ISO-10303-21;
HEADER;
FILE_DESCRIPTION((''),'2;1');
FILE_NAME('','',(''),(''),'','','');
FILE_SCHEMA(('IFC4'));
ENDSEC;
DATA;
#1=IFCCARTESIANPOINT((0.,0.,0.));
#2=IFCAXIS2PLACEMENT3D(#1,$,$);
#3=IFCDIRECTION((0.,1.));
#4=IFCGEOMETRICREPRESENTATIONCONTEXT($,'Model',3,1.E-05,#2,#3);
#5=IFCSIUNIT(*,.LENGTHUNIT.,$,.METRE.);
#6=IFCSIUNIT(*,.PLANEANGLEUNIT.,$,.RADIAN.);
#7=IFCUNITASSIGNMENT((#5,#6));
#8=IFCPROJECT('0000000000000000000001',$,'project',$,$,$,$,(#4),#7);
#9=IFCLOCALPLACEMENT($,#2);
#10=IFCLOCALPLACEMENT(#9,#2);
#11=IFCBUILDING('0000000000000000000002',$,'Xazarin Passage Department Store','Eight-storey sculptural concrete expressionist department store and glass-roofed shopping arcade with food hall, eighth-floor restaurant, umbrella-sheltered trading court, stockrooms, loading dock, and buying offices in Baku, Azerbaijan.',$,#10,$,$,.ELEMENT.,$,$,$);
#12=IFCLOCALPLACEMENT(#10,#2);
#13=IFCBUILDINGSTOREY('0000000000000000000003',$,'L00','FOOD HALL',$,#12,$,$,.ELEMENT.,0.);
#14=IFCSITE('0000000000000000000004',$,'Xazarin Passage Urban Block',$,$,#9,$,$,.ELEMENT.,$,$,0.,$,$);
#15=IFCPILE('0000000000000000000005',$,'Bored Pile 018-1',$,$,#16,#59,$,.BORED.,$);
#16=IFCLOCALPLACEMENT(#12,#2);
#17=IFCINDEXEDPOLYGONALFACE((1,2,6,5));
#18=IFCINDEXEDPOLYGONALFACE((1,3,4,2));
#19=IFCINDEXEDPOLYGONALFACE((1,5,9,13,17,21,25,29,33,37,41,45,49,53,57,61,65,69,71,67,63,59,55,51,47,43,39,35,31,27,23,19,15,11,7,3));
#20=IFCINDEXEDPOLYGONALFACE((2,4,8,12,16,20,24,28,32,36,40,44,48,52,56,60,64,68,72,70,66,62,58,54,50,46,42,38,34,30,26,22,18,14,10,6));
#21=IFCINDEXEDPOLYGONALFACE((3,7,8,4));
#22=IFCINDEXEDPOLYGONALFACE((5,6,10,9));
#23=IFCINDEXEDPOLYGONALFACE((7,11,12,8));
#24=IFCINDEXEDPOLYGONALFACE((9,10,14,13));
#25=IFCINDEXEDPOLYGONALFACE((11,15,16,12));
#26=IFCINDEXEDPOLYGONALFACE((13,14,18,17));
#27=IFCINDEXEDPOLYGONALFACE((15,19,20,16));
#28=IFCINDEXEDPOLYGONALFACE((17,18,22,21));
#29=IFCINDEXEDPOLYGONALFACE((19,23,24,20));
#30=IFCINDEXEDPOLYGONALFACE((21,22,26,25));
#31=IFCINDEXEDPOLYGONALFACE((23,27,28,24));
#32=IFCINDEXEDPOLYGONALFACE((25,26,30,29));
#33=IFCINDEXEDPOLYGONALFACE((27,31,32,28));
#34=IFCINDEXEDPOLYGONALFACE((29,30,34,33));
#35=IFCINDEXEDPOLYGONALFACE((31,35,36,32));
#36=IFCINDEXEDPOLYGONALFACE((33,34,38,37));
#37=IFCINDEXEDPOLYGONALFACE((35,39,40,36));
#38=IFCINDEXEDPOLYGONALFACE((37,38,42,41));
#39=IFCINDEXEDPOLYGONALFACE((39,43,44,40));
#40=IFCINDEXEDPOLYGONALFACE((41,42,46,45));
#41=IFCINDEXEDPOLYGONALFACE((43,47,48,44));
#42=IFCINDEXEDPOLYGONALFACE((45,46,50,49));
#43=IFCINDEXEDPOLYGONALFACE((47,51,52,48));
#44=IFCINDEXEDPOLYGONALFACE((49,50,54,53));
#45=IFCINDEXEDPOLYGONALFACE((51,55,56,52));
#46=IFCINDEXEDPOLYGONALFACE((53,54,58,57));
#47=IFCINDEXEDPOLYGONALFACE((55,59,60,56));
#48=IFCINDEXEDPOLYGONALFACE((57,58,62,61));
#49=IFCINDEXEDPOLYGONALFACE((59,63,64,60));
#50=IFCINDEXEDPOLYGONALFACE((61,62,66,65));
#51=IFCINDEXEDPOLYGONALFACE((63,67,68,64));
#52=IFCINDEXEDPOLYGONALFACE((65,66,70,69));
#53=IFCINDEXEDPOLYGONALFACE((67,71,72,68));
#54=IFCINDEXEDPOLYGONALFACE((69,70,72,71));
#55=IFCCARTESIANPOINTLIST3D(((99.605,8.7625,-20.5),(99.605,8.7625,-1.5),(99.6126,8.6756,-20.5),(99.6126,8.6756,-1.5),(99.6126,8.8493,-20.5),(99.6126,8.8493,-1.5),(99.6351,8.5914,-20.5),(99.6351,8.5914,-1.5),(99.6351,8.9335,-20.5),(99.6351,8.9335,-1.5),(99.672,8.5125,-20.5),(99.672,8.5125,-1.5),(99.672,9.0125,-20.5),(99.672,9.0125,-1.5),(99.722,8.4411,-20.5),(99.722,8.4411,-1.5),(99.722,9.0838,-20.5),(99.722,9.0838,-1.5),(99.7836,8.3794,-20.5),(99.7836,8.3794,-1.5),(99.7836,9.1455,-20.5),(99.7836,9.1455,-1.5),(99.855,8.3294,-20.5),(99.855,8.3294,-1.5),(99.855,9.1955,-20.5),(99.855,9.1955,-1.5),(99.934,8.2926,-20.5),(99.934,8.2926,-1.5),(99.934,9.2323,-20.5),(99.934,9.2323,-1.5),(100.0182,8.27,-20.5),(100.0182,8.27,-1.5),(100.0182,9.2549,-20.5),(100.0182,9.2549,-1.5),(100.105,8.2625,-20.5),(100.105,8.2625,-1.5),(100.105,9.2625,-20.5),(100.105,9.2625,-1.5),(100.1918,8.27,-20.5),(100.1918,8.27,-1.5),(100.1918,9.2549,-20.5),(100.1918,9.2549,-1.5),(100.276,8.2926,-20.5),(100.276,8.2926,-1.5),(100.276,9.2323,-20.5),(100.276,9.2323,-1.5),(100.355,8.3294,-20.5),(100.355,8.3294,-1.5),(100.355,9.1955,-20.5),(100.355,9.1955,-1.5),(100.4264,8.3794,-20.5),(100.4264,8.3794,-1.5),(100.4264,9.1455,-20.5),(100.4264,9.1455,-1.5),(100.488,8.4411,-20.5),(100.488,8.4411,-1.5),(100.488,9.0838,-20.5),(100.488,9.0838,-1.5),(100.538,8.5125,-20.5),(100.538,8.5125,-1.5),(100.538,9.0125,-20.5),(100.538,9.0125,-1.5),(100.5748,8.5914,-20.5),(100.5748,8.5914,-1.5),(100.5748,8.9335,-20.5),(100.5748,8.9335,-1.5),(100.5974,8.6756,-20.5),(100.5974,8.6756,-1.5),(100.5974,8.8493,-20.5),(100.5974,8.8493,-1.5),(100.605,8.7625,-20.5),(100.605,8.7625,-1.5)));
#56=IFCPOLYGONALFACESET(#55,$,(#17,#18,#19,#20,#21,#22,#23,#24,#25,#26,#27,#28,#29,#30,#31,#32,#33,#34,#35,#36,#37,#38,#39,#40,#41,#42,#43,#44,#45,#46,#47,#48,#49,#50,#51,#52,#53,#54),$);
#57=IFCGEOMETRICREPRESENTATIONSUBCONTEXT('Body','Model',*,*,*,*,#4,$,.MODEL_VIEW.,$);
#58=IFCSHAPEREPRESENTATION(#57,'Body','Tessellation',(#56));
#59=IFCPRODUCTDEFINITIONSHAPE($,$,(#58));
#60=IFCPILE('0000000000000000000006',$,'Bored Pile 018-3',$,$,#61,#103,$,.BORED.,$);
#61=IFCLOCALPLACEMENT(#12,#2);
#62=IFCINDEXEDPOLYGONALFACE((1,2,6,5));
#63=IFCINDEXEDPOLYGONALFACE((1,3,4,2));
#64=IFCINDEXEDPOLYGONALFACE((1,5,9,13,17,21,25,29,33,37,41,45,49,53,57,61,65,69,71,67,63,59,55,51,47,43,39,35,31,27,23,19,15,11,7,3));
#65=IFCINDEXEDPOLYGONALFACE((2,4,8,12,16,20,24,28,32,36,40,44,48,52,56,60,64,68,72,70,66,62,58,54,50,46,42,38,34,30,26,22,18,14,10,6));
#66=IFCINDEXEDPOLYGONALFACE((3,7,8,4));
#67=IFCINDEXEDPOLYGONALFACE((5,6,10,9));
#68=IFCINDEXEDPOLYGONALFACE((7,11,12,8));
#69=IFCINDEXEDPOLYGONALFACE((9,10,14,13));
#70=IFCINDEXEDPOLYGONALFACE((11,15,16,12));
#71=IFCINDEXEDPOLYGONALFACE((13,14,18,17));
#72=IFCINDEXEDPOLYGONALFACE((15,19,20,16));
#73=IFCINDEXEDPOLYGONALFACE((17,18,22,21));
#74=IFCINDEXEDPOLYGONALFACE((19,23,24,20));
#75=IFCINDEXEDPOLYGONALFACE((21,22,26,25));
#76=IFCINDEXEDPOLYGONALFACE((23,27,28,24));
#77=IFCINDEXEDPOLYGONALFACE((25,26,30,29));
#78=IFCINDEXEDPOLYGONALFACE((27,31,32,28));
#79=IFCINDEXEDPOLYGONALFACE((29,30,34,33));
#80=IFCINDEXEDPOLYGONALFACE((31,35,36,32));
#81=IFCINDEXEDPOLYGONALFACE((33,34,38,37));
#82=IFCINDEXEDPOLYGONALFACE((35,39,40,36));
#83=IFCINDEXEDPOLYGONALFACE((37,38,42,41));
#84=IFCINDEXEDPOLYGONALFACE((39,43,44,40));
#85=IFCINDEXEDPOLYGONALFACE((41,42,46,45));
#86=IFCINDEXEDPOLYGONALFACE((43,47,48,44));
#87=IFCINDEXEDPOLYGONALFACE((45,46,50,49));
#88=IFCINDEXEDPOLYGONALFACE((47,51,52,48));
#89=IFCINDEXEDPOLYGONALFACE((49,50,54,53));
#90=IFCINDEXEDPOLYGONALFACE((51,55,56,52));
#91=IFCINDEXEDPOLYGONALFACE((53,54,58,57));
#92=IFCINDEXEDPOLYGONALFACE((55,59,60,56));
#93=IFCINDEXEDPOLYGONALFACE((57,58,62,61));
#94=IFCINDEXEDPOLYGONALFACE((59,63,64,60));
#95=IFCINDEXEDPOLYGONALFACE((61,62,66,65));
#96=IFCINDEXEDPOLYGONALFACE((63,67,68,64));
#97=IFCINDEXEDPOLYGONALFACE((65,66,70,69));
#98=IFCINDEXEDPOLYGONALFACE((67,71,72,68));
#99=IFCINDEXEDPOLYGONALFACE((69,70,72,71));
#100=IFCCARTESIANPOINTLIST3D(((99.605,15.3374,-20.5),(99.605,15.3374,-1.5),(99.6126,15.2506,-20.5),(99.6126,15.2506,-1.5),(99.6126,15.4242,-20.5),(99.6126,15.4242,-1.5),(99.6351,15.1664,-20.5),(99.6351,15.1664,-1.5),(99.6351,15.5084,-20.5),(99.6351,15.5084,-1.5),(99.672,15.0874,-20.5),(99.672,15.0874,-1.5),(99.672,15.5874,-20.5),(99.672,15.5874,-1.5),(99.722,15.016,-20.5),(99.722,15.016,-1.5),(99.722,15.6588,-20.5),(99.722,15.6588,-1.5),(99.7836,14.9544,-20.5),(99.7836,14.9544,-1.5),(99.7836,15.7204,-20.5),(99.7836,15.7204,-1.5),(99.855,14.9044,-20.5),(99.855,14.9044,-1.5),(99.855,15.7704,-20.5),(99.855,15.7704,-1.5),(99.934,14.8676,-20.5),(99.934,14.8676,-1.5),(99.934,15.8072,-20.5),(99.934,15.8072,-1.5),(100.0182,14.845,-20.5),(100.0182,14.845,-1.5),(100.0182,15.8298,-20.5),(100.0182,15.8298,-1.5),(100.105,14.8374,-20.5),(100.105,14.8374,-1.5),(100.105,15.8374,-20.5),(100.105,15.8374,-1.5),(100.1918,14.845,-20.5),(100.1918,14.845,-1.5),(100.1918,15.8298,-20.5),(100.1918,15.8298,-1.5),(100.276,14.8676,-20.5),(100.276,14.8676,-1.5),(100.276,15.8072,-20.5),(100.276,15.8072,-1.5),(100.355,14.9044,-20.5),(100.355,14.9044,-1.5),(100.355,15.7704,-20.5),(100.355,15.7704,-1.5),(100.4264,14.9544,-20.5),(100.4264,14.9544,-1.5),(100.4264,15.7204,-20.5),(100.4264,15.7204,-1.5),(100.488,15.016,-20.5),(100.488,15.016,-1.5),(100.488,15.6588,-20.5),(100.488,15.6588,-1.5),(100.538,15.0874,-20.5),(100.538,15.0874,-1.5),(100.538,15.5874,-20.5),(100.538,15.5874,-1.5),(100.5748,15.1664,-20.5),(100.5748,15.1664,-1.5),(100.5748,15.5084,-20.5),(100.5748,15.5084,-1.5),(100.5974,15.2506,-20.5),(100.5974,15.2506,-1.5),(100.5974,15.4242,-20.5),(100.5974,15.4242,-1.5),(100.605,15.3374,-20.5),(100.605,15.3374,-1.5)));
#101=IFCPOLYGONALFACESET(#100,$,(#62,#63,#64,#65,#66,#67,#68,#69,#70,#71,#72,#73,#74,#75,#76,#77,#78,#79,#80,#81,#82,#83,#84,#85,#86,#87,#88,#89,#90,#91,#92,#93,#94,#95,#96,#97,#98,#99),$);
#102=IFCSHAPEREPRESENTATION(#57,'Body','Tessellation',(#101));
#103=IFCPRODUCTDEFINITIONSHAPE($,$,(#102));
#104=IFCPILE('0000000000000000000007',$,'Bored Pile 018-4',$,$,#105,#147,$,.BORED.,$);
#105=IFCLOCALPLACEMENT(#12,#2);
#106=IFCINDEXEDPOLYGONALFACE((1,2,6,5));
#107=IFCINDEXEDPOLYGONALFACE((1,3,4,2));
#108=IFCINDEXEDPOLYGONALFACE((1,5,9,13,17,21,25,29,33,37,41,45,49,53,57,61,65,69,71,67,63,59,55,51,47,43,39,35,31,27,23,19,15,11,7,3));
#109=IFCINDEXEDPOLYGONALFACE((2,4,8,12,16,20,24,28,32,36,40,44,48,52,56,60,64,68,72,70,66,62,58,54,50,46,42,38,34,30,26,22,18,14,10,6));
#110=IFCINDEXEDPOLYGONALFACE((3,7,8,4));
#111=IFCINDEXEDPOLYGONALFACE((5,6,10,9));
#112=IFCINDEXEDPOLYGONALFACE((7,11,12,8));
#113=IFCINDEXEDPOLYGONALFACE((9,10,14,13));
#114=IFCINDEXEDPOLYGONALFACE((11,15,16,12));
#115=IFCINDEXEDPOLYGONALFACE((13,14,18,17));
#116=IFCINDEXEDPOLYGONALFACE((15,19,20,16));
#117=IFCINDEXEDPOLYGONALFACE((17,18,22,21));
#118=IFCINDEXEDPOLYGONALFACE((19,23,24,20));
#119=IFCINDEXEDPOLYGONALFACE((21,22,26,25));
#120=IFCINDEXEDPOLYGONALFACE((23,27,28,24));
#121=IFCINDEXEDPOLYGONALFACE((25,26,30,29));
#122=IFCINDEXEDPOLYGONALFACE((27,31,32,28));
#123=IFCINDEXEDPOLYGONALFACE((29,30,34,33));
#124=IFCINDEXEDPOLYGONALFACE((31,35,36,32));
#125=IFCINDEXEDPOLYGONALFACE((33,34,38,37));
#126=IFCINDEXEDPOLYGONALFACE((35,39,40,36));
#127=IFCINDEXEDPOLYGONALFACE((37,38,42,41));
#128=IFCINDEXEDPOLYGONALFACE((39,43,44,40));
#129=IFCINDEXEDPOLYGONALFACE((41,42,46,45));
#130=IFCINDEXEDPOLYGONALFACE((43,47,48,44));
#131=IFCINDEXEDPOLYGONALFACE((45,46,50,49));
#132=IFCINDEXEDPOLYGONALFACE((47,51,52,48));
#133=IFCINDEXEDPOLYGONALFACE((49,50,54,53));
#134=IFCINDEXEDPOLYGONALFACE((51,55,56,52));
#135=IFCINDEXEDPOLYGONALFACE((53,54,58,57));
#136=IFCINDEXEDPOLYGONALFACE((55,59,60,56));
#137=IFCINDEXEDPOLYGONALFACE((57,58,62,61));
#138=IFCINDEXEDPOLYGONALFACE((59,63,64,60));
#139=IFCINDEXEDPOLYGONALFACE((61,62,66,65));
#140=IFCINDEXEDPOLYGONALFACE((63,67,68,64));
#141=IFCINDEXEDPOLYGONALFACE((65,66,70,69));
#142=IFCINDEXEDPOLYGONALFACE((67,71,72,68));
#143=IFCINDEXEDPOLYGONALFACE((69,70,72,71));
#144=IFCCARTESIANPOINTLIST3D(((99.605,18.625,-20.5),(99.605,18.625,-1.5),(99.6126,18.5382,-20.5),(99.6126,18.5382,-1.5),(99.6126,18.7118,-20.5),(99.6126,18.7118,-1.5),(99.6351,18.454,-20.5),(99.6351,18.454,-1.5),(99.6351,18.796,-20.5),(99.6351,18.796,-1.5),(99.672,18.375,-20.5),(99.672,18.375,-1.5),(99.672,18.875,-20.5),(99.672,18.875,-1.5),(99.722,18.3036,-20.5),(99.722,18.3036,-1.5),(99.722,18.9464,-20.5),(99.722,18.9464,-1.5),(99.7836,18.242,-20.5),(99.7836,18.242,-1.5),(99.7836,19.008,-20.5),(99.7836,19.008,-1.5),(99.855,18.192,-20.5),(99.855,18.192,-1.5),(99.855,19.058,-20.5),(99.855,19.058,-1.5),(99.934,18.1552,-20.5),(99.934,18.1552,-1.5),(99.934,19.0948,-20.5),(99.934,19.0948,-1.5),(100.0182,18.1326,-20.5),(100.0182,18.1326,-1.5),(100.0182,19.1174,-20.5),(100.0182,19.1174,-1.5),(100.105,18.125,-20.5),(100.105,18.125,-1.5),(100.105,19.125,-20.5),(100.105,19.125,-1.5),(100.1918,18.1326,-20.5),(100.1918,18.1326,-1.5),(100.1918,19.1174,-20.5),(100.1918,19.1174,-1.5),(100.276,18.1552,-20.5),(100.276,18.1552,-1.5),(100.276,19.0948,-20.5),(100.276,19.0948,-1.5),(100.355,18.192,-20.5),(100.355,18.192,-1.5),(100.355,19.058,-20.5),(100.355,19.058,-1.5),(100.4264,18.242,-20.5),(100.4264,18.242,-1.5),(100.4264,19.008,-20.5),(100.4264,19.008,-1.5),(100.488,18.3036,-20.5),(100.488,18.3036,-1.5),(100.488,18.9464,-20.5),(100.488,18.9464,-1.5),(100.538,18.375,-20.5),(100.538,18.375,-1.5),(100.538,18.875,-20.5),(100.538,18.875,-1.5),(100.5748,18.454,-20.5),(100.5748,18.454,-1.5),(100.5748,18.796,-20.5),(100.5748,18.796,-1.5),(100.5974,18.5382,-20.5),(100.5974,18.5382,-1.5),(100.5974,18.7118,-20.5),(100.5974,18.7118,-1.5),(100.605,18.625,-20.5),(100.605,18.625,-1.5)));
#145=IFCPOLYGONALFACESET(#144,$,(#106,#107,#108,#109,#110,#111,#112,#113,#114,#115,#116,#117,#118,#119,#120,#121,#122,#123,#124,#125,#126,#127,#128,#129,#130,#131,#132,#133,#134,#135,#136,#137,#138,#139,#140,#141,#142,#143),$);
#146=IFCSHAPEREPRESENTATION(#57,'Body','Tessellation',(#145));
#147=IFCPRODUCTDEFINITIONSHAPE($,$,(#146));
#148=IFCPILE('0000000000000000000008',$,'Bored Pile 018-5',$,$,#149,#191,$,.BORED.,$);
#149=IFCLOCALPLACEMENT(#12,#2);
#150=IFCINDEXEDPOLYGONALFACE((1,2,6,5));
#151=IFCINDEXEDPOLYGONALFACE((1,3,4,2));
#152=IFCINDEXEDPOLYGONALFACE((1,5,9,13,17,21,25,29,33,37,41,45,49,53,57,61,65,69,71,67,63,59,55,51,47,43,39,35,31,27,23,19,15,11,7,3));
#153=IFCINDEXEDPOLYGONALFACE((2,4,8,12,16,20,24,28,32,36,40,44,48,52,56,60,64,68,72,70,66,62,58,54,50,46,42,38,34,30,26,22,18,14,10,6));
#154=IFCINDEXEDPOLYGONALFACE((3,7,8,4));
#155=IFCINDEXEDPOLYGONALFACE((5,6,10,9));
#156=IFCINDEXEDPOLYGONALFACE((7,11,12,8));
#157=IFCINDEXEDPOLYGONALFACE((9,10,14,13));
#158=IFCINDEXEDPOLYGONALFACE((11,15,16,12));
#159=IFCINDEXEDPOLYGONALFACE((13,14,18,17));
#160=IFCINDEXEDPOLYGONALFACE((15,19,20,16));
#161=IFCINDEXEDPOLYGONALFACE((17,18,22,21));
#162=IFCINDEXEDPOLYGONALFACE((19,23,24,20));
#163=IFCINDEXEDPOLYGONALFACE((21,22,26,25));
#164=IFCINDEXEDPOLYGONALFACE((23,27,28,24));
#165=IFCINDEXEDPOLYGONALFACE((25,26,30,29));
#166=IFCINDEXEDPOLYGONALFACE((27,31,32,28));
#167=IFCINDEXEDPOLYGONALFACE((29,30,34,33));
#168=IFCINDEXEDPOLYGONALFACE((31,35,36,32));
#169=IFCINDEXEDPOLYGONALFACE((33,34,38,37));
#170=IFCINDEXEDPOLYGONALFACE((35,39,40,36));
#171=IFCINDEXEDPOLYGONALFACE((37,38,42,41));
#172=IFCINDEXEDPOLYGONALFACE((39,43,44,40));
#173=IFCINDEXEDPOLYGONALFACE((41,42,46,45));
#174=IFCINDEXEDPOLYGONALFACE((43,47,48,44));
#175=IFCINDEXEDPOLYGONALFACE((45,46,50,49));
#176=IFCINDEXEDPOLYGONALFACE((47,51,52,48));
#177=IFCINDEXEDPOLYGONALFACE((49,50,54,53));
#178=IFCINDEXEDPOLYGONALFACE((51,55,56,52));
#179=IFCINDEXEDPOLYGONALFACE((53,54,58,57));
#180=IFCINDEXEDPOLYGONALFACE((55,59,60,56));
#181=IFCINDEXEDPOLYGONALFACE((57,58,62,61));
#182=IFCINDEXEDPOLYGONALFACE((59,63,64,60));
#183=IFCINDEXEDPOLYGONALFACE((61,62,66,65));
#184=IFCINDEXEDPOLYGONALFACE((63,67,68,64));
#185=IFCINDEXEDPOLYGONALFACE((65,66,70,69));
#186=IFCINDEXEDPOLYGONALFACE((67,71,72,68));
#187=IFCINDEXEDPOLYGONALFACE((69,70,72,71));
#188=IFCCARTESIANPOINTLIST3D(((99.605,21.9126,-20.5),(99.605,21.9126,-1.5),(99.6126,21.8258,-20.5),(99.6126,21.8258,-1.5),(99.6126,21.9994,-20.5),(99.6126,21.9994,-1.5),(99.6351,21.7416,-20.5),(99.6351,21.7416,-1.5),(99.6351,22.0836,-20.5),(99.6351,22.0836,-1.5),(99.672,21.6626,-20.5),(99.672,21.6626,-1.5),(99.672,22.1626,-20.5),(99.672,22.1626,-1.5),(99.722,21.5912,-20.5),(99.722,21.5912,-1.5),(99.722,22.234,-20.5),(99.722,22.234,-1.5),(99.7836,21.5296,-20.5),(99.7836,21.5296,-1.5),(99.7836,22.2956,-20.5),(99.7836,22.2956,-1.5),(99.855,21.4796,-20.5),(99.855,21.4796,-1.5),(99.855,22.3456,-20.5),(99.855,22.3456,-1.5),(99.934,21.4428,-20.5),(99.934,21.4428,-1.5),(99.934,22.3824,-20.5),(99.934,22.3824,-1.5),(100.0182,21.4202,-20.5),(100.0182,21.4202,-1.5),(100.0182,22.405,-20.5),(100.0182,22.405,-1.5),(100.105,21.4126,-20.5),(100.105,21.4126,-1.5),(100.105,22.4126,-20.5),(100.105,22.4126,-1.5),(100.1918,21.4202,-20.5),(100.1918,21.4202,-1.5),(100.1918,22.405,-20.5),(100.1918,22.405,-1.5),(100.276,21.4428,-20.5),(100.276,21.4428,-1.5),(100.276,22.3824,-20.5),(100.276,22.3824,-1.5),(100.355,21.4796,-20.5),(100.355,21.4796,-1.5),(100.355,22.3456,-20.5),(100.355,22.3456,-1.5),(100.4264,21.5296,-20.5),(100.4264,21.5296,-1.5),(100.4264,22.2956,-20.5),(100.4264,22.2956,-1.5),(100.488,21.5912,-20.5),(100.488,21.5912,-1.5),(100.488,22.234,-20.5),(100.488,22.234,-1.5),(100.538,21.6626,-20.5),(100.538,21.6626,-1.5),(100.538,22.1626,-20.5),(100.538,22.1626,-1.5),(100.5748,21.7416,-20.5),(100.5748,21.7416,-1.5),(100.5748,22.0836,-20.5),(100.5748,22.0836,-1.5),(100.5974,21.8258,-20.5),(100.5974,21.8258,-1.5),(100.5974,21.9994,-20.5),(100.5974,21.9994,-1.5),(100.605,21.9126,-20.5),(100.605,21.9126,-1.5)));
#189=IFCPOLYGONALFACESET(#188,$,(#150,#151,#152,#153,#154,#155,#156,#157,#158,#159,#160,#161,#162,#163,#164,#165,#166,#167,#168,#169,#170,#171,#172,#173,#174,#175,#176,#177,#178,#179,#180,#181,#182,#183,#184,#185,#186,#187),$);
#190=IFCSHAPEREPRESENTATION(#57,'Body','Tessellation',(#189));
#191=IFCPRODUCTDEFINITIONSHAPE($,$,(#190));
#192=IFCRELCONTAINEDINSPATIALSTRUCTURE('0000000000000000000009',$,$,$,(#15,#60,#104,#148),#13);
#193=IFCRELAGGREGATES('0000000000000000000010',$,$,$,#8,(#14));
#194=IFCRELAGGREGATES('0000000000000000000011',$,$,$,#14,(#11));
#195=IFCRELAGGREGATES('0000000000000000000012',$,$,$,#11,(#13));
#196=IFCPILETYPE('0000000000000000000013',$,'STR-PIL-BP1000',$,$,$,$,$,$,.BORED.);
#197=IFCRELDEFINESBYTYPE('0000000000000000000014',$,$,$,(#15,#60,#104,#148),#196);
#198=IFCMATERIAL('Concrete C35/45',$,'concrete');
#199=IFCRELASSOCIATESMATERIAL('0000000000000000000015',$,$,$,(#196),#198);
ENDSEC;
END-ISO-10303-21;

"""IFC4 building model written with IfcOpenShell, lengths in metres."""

from ifc_helpers import new_model, si_unit, direction, frame, origin, origin_2d, place, context, subcontext, project, spatial, circle, extrude, material, material_profile, profile_set, type_object, element, save


model = new_model("IFC4")

# Units and contexts
model_context = context("Model", 3, precision=1e-05, world=origin(), true_north=direction((0.0, 1.0)))
body_context = subcontext(model_context, "Body", "Model", "MODEL_VIEW")
ifc_project = project(units=[si_unit("LENGTHUNIT", "METRE"), si_unit("PLANEANGLEUNIT", "RADIAN")], contexts=[model_context])

# Site, building, storey
site_placement = place(None, origin())
site = spatial("IfcSite", under=ifc_project, at=site_placement, Name="Xazarin Passage Urban Block", CompositionType="ELEMENT", RefElevation=0.0)
building_placement = place(site_placement, origin())
building = spatial("IfcBuilding", under=site, at=building_placement, Name="Xazarin Passage Department Store", Description="Eight-storey sculptural concrete expressionist department store and glass-roofed shopping arcade with food hall, eighth-floor restaurant, umbrella-sheltered trading court, stockrooms, loading dock, and buying offices in Baku, Azerbaijan.", CompositionType="ELEMENT")
storey_placement = place(building_placement, origin())
storey = spatial("IfcBuildingStorey", under=building, at=storey_placement, Name="L00", Description="FOOD HALL", CompositionType="ELEMENT", Elevation=0.0)

# Shared definitions
ifc_material_1 = material(Name="Concrete C35/45", Category="concrete")

# Piles
ifc_material_profile_1 = material_profile(ifc_material_1, circle(Radius=0.5, at=origin_2d()), Name="BP 1000")
ifc_profile_set_1 = profile_set([ifc_material_profile_1], Name="Concrete C35/45")
pile_type_1 = type_object("IfcPileType", Name="STR-PIL-BP1000", PredefinedType="BORED", material=ifc_profile_set_1)
for number, where, z_axis, x_axis, name in (
    (1, (100.105, 8.7625, -1.5), (0.0, 0.0, -1.0), (1.0, 0.0, 0.0), "Bored Pile 018-1"),
    (2, (100.105, 15.3374, -1.5), (0.0, 0.0, -1.0), (1.0, 0.0, 0.0), "Bored Pile 018-3"),
    (3, (100.105, 18.625, -1.5), (0.0, 0.0, -1.0), (1.0, 0.0, 0.0), "Bored Pile 018-4"),
    (4, (100.105, 21.9126, -1.5), (0.0, 0.0, -1.0), (1.0, 0.0, 0.0), "Bored Pile 018-5"),
):
    element("IfcPile", number, at=place(storey_placement, frame(where, z_axis=z_axis, x_axis=x_axis)), inside=storey, type_object=pile_type_1, Name=name, PredefinedType="BORED", context=body_context, shape_type="SweptSolid", body=[
        extrude(circle(Radius=0.5, at=origin_2d()), origin(), (0.0, 0.0, 1.0), 19.0),
    ])

save(model, "model.ifc")
